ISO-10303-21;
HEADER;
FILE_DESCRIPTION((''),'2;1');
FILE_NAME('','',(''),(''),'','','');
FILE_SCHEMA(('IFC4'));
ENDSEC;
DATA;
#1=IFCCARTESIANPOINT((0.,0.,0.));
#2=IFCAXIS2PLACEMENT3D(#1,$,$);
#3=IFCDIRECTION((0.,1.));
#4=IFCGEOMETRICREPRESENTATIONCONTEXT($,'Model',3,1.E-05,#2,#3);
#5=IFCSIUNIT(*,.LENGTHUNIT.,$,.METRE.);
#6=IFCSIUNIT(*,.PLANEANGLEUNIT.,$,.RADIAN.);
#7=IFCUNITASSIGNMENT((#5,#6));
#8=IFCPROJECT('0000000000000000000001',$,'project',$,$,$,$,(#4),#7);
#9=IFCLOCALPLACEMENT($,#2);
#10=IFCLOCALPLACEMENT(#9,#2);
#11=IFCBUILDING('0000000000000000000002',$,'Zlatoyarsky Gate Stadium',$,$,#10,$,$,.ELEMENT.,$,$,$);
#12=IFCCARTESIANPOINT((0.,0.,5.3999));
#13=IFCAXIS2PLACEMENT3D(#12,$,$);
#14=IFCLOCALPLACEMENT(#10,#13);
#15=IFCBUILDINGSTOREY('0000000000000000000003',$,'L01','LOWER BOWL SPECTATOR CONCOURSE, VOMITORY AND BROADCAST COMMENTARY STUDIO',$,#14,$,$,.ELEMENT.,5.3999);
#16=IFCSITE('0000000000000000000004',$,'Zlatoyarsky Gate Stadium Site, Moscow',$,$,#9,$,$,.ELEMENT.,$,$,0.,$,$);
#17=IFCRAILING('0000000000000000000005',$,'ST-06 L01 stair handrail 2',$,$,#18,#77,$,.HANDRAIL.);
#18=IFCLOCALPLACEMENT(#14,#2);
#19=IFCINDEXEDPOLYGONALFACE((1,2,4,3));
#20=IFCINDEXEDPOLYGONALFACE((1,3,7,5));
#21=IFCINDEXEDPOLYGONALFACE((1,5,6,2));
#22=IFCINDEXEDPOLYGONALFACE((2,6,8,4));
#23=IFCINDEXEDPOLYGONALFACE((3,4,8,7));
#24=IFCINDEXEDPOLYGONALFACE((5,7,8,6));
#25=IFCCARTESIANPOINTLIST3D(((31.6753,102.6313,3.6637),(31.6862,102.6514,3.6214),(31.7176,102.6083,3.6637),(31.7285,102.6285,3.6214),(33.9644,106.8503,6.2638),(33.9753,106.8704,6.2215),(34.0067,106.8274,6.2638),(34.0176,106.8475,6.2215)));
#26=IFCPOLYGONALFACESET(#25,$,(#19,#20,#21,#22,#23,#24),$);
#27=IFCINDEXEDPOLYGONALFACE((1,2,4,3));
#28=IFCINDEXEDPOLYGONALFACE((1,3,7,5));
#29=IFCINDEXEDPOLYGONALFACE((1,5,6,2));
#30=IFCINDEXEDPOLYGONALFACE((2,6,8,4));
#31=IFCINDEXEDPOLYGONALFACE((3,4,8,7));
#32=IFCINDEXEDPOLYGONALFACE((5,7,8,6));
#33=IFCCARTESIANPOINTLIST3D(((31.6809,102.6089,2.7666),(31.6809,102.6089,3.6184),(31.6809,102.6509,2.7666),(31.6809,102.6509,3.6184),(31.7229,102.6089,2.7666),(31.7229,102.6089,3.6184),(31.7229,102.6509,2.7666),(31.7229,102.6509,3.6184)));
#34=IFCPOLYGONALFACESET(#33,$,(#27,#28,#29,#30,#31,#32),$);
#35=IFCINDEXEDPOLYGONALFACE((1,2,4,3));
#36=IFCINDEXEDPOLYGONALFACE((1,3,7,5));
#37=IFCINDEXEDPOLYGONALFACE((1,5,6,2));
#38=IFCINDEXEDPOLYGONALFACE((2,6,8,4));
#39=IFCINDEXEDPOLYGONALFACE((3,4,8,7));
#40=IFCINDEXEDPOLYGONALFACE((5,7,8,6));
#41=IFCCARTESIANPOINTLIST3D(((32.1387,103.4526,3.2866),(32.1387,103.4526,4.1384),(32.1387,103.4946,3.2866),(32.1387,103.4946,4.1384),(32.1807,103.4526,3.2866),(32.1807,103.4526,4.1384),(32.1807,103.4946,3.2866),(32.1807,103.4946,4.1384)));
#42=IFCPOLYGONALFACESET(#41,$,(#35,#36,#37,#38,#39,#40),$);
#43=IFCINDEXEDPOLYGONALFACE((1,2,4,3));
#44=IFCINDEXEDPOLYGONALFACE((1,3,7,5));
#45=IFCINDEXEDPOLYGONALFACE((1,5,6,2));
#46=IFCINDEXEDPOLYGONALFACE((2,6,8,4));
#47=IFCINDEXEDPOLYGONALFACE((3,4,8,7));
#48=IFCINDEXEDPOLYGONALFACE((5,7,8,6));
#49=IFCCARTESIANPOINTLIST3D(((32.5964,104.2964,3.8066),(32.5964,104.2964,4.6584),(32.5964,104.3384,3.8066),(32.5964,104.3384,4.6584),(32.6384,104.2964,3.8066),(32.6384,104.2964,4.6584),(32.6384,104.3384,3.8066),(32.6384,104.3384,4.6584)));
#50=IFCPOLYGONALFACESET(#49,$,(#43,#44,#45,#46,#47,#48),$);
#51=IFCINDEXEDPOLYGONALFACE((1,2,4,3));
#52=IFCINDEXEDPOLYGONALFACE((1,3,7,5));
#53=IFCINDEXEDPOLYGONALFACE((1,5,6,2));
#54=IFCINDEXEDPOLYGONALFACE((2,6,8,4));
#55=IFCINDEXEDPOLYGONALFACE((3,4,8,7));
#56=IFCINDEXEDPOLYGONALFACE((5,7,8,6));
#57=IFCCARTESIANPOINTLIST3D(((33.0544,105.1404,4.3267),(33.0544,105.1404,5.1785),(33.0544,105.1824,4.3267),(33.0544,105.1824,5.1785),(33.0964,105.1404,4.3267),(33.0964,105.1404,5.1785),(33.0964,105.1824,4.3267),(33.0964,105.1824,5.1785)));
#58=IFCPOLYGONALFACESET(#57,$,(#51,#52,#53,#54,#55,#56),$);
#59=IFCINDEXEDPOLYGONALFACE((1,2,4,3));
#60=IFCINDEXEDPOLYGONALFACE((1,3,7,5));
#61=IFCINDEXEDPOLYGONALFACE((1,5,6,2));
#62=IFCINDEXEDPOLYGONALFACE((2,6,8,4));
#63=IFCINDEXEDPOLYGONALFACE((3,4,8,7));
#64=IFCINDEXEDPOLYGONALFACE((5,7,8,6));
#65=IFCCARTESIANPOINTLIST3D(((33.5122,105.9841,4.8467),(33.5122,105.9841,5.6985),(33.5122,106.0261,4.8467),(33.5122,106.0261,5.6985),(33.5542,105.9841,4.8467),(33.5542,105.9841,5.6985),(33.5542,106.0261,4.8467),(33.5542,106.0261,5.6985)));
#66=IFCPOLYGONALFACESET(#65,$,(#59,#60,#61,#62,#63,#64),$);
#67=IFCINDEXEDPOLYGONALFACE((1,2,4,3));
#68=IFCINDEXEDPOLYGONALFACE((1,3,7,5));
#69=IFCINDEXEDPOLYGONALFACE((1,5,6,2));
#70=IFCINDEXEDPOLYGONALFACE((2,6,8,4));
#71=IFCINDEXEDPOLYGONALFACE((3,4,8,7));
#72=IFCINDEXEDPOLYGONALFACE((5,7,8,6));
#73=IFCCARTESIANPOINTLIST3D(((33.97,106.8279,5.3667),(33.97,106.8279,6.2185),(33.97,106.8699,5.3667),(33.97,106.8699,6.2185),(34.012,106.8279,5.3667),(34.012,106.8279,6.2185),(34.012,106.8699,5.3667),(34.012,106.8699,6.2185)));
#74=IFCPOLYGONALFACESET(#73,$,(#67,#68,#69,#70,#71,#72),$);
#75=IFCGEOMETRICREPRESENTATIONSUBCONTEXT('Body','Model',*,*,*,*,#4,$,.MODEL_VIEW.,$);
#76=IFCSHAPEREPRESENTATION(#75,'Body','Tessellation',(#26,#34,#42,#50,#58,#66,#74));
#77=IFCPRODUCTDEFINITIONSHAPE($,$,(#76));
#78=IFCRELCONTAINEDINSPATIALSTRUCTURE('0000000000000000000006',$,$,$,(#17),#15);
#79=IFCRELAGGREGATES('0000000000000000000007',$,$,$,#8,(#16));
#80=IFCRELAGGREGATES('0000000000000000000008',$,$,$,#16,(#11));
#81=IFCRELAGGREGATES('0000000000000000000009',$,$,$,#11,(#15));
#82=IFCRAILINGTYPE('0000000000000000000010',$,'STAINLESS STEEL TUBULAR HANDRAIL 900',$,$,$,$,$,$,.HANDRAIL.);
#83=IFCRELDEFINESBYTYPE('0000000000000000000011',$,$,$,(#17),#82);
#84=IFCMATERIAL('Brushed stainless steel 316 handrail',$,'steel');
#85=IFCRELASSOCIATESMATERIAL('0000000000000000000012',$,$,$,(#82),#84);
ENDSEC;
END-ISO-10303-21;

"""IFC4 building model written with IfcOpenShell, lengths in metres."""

from ifc_helpers import new_model, si_unit, direction, frame, origin, origin_2d, place, context, subcontext, project, spatial, rectangle, extrude, material, type_object, element, save


model = new_model("IFC4")

# Units and contexts
model_context = context("Model", 3, precision=1e-05, world=origin(), true_north=direction((0.0, 1.0)))
body_context = subcontext(model_context, "Body", "Model", "MODEL_VIEW")
ifc_project = project(units=[si_unit("LENGTHUNIT", "METRE"), si_unit("PLANEANGLEUNIT", "RADIAN")], contexts=[model_context])

# Site, building, storey
site_placement = place(None, origin())
site = spatial("IfcSite", under=ifc_project, at=site_placement, Name="Zlatoyarsky Gate Stadium Site, Moscow", CompositionType="ELEMENT", RefElevation=0.0)
building_placement = place(site_placement, origin())
building = spatial("IfcBuilding", under=site, at=building_placement, Name="Zlatoyarsky Gate Stadium", CompositionType="ELEMENT")
storey_placement = place(building_placement, frame((0.0, 0.0, 5.3999)))
storey = spatial("IfcBuildingStorey", under=building, at=storey_placement, Name="L01", Description="LOWER BOWL SPECTATOR CONCOURSE, VOMITORY AND BROADCAST COMMENTARY STUDIO", CompositionType="ELEMENT", Elevation=5.3999)

# Railing
ifc_material_1 = material(Name="Brushed stainless steel 316 handrail", Category="steel")
railing_type_1 = type_object("IfcRailingType", Name="STAINLESS STEEL TUBULAR HANDRAIL 900", PredefinedType="HANDRAIL", material=ifc_material_1)
railing_1_placement = place(storey_placement, frame((31.7019, 102.6299, 2.7666)))
element("IfcRailing", 1, at=railing_1_placement, inside=storey, type_object=railing_type_1, Name="ST-06 L01 stair handrail 2", PredefinedType="HANDRAIL", context=body_context, shape_type="SweptSolid", body=[
    extrude(rectangle(XDim=0.0481, YDim=0.0481, at=origin_2d()), frame((0.0, 0.0, 0.876), z_axis=(0.419322, 0.772857, 0.476299), x_axis=(-0.878962, 0.476891, 0.0)), (0.0, 0.0, 1.0), 5.459),
    extrude(rectangle(XDim=0.042, YDim=0.042, at=origin_2d()), origin(), (0.0, 0.0, 1.0), 0.8518),
    extrude(rectangle(XDim=0.042, YDim=0.042, at=origin_2d()), frame((0.4578, 0.8438, 0.52)), (0.0, 0.0, 1.0), 0.8518),
    extrude(rectangle(XDim=0.042, YDim=0.042, at=origin_2d()), frame((0.9155, 1.6875, 1.04)), (0.0, 0.0, 1.0), 0.8518),
    extrude(rectangle(XDim=0.042, YDim=0.042, at=origin_2d()), frame((1.3735, 2.5315, 1.5601)), (0.0, 0.0, 1.0), 0.8518),
    extrude(rectangle(XDim=0.042, YDim=0.042, at=origin_2d()), frame((1.8313, 3.3752, 2.0801)), (0.0, 0.0, 1.0), 0.8518),
    extrude(rectangle(XDim=0.042, YDim=0.042, at=origin_2d()), frame((2.2891, 4.219, 2.6001)), (0.0, 0.0, 1.0), 0.8518),
])

save(model, "model.ifc")
